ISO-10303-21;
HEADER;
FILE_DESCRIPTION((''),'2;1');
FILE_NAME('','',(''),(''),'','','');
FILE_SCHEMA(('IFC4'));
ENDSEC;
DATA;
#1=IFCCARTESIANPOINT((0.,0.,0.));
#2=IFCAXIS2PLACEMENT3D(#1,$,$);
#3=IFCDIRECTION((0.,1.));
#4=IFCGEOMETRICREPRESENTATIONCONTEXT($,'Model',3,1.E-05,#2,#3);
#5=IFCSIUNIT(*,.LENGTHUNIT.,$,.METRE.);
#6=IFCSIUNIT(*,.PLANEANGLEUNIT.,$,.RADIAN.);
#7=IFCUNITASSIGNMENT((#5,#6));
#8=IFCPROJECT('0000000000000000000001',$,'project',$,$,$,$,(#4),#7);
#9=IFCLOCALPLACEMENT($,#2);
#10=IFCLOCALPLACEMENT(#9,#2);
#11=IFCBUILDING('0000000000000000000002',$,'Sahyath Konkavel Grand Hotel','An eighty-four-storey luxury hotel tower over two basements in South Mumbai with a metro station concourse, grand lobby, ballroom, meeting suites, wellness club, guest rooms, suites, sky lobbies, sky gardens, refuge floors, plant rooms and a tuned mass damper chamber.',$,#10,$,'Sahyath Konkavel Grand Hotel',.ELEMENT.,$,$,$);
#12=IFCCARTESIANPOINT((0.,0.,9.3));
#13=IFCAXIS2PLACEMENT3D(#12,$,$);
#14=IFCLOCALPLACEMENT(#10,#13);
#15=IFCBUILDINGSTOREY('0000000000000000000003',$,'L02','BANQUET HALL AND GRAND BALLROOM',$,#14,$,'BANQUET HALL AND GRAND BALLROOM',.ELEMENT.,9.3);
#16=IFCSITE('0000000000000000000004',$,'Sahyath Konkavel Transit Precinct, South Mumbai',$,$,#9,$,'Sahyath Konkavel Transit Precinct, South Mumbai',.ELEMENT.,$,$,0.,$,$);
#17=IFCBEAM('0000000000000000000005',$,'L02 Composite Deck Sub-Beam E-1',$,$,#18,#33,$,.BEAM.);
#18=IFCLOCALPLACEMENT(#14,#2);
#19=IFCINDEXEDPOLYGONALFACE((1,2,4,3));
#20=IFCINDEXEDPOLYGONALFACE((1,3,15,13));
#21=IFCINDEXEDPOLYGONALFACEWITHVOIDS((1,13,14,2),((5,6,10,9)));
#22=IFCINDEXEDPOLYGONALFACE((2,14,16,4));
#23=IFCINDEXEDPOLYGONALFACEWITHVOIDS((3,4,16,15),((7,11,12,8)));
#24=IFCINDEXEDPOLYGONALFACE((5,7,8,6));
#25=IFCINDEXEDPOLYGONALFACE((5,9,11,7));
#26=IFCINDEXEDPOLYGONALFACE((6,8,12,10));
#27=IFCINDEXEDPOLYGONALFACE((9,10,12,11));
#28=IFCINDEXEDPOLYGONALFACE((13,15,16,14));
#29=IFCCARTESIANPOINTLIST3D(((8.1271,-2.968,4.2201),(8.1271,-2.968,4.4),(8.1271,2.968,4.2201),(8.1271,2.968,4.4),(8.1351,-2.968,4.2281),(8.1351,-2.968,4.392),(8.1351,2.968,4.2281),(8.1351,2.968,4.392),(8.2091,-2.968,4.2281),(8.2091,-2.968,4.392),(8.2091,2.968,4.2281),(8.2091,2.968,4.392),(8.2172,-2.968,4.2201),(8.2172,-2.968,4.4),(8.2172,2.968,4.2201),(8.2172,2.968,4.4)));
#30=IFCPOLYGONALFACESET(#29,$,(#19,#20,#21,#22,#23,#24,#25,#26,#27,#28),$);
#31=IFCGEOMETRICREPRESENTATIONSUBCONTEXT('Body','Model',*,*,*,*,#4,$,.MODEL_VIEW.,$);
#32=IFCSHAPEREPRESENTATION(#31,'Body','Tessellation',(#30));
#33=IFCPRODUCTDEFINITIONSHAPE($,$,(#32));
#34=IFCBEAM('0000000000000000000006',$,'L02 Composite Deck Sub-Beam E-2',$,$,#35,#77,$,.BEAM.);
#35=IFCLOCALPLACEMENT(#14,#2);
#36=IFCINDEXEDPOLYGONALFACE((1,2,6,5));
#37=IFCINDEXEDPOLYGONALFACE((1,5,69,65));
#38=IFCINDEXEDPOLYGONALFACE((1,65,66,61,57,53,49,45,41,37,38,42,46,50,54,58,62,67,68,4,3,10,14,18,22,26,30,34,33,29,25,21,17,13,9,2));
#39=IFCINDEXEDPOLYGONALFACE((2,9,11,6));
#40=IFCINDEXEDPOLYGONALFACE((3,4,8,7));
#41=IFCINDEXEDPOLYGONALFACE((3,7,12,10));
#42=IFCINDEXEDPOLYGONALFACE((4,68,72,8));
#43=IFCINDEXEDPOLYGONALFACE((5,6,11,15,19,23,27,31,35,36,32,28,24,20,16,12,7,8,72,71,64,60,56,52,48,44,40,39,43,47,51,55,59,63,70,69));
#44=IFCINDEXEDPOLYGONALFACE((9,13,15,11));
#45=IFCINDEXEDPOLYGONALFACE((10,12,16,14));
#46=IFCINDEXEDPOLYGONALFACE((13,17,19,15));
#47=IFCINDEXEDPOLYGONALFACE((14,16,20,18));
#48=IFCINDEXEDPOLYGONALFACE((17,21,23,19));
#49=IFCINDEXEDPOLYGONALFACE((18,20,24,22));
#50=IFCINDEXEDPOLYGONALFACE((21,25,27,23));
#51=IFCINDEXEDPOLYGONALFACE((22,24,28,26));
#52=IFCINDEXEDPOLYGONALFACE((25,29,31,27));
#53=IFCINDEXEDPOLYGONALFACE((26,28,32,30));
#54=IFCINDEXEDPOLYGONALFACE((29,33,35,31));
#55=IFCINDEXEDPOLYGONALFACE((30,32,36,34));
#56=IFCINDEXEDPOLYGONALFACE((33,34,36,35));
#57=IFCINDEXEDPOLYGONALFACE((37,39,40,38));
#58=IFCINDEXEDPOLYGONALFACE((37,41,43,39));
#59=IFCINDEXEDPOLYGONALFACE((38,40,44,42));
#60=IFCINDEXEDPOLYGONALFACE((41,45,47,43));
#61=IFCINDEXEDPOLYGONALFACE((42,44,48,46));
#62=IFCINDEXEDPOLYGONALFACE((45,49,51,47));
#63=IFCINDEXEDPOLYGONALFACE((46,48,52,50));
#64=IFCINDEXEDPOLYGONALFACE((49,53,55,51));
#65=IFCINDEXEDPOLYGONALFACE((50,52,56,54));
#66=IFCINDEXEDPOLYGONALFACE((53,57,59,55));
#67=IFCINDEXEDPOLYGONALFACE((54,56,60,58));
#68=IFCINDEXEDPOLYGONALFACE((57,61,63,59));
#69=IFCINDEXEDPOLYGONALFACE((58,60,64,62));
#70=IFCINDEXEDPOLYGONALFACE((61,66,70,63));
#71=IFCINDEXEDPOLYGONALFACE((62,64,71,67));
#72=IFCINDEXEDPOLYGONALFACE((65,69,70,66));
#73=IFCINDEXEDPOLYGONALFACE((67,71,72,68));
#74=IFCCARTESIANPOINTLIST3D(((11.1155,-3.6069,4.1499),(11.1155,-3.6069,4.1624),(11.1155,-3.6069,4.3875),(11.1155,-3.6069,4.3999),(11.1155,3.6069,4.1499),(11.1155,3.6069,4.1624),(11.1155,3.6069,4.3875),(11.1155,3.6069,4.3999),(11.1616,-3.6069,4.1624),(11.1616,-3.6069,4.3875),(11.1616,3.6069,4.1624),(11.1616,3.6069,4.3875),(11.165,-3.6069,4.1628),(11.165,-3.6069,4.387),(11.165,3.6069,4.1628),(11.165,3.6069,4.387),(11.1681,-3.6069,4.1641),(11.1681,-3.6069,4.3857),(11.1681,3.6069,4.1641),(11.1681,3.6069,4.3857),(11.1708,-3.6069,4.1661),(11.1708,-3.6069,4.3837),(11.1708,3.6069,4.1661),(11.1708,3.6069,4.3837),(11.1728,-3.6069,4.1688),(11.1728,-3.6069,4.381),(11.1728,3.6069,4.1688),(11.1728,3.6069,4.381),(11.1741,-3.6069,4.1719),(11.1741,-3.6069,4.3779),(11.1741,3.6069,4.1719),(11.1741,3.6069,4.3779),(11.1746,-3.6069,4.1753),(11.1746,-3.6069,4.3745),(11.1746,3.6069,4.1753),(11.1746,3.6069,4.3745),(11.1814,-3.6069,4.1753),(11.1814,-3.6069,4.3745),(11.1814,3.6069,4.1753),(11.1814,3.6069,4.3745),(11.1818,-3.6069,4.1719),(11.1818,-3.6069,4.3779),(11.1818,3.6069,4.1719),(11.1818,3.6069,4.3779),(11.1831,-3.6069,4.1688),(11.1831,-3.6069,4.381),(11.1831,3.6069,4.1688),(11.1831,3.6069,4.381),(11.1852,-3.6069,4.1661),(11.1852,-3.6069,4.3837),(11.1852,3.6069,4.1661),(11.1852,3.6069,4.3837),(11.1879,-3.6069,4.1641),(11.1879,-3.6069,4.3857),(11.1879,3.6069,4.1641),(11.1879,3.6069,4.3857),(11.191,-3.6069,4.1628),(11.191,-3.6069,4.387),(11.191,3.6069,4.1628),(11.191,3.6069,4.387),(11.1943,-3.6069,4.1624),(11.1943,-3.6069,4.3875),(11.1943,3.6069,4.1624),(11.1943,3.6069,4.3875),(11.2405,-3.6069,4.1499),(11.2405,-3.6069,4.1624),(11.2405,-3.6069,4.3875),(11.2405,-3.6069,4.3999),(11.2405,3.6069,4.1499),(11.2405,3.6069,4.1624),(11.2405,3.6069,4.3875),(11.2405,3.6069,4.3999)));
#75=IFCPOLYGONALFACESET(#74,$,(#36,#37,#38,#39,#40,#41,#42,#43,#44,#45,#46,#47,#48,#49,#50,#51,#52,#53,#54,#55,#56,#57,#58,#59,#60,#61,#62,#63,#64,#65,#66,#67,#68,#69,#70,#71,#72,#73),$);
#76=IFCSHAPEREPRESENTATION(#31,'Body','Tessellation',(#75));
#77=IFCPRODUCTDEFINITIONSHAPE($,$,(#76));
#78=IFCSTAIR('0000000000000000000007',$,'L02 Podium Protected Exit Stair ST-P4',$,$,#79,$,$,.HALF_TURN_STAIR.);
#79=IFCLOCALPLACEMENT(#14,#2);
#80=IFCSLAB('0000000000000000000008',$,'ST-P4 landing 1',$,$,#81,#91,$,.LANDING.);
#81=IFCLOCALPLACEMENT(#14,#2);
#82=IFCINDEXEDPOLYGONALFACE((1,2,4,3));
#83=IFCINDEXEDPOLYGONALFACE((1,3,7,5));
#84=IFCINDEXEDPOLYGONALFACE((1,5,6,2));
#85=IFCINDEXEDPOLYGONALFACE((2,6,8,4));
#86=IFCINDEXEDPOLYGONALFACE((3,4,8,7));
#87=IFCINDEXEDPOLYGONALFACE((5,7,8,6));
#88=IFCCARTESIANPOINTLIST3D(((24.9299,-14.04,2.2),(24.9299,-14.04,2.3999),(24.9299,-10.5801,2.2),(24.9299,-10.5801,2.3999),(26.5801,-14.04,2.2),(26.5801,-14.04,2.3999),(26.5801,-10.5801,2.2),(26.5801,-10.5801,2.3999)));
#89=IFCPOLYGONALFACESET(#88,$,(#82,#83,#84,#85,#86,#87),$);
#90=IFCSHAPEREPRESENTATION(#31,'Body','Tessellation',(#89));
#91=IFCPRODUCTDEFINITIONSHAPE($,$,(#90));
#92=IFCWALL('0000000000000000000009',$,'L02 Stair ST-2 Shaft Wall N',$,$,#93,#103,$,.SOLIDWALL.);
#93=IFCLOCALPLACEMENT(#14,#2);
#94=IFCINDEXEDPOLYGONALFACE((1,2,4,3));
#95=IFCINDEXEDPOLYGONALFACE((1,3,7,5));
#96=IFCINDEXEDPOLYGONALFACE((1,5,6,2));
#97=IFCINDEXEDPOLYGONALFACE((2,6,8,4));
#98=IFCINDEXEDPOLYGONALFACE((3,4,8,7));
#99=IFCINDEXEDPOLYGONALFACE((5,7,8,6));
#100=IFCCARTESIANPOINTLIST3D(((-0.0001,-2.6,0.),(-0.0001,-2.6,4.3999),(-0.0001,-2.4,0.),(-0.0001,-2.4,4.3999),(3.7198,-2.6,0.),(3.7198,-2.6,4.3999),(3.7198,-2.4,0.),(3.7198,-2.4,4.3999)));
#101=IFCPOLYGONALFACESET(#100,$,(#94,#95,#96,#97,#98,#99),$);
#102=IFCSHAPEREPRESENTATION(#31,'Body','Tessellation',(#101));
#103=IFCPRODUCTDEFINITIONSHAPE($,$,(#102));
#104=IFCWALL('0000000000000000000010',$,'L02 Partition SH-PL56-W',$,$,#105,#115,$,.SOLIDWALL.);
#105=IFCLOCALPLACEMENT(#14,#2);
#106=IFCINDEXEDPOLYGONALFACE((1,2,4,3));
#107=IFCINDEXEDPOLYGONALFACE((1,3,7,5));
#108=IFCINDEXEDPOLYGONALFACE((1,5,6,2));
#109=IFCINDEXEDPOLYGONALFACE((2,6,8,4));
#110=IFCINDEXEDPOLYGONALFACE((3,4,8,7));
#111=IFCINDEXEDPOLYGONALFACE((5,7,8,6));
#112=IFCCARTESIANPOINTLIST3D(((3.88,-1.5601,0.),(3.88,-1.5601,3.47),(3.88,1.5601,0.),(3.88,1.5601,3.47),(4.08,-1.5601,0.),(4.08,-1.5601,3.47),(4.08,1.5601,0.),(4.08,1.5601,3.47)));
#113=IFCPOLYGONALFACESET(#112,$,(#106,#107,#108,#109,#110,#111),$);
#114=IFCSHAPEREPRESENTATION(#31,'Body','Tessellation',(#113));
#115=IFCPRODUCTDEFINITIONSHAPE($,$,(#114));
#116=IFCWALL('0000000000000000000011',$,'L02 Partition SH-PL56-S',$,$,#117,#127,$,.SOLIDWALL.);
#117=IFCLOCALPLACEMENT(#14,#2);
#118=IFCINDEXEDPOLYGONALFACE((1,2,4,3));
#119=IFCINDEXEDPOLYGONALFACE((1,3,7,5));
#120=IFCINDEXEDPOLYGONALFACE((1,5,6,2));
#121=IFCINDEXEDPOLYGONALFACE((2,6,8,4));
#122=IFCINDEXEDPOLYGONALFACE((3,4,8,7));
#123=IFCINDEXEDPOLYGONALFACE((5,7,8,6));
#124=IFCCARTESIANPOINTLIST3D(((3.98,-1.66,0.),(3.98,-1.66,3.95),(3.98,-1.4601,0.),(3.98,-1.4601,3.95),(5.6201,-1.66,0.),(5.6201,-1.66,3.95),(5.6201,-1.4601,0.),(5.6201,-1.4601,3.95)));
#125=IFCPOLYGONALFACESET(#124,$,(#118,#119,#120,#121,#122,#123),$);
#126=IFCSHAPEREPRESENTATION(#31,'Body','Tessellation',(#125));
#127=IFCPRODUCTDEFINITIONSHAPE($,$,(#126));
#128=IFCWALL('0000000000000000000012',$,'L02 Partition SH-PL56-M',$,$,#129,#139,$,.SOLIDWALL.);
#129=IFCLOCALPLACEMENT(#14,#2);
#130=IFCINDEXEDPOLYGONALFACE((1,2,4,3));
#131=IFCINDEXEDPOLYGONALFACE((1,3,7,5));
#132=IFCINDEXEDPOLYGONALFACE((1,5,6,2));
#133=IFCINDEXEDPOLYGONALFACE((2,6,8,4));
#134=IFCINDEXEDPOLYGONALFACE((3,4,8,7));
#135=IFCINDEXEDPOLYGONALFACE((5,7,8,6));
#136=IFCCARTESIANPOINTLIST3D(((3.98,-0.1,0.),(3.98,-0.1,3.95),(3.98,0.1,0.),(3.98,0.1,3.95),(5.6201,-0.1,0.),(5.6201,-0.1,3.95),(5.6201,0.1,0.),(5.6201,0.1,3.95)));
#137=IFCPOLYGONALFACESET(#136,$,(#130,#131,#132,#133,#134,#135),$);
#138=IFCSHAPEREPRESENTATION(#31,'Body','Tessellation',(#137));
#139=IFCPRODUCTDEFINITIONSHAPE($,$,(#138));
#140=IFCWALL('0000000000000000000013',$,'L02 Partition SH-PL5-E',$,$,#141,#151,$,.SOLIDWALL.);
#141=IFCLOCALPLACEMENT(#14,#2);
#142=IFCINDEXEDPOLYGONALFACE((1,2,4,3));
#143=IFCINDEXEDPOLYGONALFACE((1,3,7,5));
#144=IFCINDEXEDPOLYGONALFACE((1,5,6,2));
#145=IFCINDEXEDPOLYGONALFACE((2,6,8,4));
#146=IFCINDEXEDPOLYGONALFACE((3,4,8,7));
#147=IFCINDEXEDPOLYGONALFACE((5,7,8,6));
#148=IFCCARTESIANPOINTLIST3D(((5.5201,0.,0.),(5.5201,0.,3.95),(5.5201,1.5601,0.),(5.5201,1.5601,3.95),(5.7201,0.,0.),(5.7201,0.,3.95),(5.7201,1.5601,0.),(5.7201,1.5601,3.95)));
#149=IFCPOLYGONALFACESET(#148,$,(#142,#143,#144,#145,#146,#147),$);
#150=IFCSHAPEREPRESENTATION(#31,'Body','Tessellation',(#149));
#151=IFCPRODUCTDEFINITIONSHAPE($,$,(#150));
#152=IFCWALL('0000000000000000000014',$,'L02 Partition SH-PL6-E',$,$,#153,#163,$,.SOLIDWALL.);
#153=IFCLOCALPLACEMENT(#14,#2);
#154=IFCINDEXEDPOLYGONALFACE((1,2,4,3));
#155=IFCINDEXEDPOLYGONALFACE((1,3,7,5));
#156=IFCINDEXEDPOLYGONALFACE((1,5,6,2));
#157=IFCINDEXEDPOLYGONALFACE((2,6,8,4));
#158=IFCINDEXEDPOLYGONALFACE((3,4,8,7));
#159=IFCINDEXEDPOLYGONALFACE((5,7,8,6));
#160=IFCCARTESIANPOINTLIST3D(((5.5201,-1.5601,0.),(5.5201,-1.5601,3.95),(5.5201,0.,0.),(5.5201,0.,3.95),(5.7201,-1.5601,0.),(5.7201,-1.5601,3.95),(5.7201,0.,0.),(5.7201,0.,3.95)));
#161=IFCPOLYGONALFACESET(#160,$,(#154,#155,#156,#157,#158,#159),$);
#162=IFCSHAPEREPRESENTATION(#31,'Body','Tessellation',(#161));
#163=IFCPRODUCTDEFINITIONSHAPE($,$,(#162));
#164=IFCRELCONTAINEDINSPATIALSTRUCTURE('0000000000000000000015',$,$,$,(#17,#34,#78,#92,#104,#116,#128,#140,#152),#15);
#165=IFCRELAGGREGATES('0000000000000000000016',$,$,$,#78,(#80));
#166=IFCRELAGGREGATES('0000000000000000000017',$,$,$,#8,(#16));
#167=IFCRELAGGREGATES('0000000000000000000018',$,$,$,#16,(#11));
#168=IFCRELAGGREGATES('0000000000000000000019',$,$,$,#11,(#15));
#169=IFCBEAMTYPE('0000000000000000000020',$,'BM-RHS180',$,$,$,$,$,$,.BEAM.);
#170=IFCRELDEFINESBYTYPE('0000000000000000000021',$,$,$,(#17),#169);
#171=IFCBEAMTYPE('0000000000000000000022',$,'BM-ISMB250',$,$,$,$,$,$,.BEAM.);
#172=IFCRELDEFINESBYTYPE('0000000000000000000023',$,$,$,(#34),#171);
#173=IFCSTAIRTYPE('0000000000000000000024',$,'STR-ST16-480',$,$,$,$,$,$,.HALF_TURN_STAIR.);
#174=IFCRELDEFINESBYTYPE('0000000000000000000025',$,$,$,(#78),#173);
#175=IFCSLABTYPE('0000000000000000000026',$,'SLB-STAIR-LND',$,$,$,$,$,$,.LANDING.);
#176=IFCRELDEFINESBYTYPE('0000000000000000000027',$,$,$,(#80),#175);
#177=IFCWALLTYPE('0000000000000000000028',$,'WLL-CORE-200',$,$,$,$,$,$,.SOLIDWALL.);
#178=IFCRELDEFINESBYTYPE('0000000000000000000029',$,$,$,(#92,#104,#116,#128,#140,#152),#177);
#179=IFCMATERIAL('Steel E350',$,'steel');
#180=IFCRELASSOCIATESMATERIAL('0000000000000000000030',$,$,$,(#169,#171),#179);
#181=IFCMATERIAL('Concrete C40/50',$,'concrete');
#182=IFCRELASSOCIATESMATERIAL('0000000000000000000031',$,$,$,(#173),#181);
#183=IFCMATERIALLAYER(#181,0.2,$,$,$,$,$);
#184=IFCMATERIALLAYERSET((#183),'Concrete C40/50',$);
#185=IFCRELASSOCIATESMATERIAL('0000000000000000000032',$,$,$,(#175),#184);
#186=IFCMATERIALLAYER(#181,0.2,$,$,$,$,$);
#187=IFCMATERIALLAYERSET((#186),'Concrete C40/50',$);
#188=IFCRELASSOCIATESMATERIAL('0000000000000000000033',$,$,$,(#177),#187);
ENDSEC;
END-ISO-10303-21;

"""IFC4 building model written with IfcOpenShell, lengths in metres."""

from ifc_helpers import new_model, si_unit, direction, frame, frame_2d, origin, origin_2d, place, context, subcontext, project, spatial, polyline, rectangle, hollow_rectangle, i_section, outline, extrude, source, transform, mapped, material, layer, layer_set, material_profile, profile_set, type_object, element, aggregate, save


model = new_model("IFC4")

# Units and contexts
model_context = context("Model", 3, precision=1e-05, world=origin(), true_north=direction((0.0, 1.0)))
body_context = subcontext(model_context, "Body", "Model", "MODEL_VIEW")
ifc_project = project(units=[si_unit("LENGTHUNIT", "METRE"), si_unit("PLANEANGLEUNIT", "RADIAN")], contexts=[model_context])

# Site, building, storey
site_placement = place(None, origin())
site = spatial("IfcSite", under=ifc_project, at=site_placement, Name="Sahyath Konkavel Transit Precinct, South Mumbai", LongName="Sahyath Konkavel Transit Precinct, South Mumbai", CompositionType="ELEMENT", RefElevation=0.0)
building_placement = place(site_placement, origin())
building = spatial("IfcBuilding", under=site, at=building_placement, Name="Sahyath Konkavel Grand Hotel", Description="An eighty-four-storey luxury hotel tower over two basements in South Mumbai with a metro station concourse, grand lobby, ballroom, meeting suites, wellness club, guest rooms, suites, sky lobbies, sky gardens, refuge floors, plant rooms and a tuned mass damper chamber.", LongName="Sahyath Konkavel Grand Hotel", CompositionType="ELEMENT")
storey_placement = place(building_placement, frame((0.0, 0.0, 9.3)))
storey = spatial("IfcBuildingStorey", under=building, at=storey_placement, Name="L02", Description="BANQUET HALL AND GRAND BALLROOM", LongName="BANQUET HALL AND GRAND BALLROOM", CompositionType="ELEMENT", Elevation=9.3)

# Beams
ifc_material_1 = material(Name="Steel E350", Category="steel")
ifc_material_profile_1 = material_profile(ifc_material_1, hollow_rectangle(XDim=0.0901, YDim=0.1799, WallThickness=0.0081, at=origin_2d()), Name="RHS 180x90x8")
ifc_profile_set_1 = profile_set([ifc_material_profile_1], Name="Steel E350")
beam_type_1 = type_object("IfcBeamType", Name="BM-RHS180", PredefinedType="BEAM", material=ifc_profile_set_1)
shared_shape_1 = source(origin(), body_context, "Body", "SweptSolid", [
    extrude(hollow_rectangle(XDim=0.0901, YDim=0.1799, WallThickness=0.0081, at=origin_2d()), origin(), (0.0, 0.0, 1.0), 5.936),
])
beam_1_placement = place(storey_placement, frame((8.1721, -2.968, 4.3101), z_axis=(0.0, 1.0, 0.0), x_axis=(-1.0, 0.0, 0.0)))
element("IfcBeam", 1, at=beam_1_placement, inside=storey, type_object=beam_type_1, Name="L02 Composite Deck Sub-Beam E-1", PredefinedType="BEAM", context=body_context, shape_type="MappedRepresentation", body=[
    mapped(shared_shape_1, transform((0.0, 0.0, 0.0), scale=1.0)),
])
ifc_material_profile_2 = material_profile(ifc_material_1, i_section(OverallWidth=0.125, OverallDepth=0.25, WebThickness=0.0068, FlangeThickness=0.0125, FilletRadius=0.0129, at=origin_2d()), Name="ISMB 250")
ifc_profile_set_2 = profile_set([ifc_material_profile_2], Name="Steel E350")
beam_type_2 = type_object("IfcBeamType", Name="BM-ISMB250", PredefinedType="BEAM", material=ifc_profile_set_2)
shared_shape_2 = source(origin(), body_context, "Body", "SweptSolid", [
    extrude(i_section(OverallWidth=0.125, OverallDepth=0.25, WebThickness=0.0068, FlangeThickness=0.0125, FilletRadius=0.0129, at=origin_2d()), origin(), (0.0, 0.0, 1.0), 7.2139),
])
beam_2_placement = place(storey_placement, frame((11.178, -3.6069, 4.2749), z_axis=(0.0, 1.0, 0.0), x_axis=(-1.0, 0.0, 0.0)))
element("IfcBeam", 2, at=beam_2_placement, inside=storey, type_object=beam_type_2, Name="L02 Composite Deck Sub-Beam E-2", PredefinedType="BEAM", context=body_context, shape_type="MappedRepresentation", body=[
    mapped(shared_shape_2, transform((0.0, 0.0, 0.0), scale=1.0)),
])

# Stair, slab
ifc_material_2 = material(Name="Concrete C40/50", Category="concrete")
stair_type = type_object("IfcStairType", Name="STR-ST16-480", PredefinedType="HALF_TURN_STAIR", material=ifc_material_2)
stair_1_placement = place(storey_placement, origin())
stair_1 = element("IfcStair", 3, at=stair_1_placement, inside=storey, type_object=stair_type, Name="L02 Podium Protected Exit Stair ST-P4", PredefinedType="HALF_TURN_STAIR")
ifc_layer_1 = layer(ifc_material_2, 0.2)
ifc_layer_set_1 = layer_set([ifc_layer_1], Name="Concrete C40/50")
slab_type = type_object("IfcSlabType", Name="SLB-STAIR-LND", PredefinedType="LANDING", material=ifc_layer_set_1)
slab_placement = place(storey_placement, frame((0.0, 0.0, 2.2)))
slab = element("IfcSlab", 4, at=slab_placement, type_object=slab_type, Name="ST-P4 landing 1", PredefinedType="LANDING", context=body_context, shape_type="SweptSolid", body=[
    extrude(outline(polyline([(24.9299, -14.04), (26.5801, -14.04), (26.5801, -10.5801), (24.9299, -10.5801), (24.9299, -14.04)])), origin(), (0.0, 0.0, 1.0), 0.2),
])
aggregate(stair_1, [slab])

# Walls
ifc_layer_2 = layer(ifc_material_2, 0.2)
ifc_layer_set_2 = layer_set([ifc_layer_2], Name="Concrete C40/50")
wall_type = type_object("IfcWallType", Name="WLL-CORE-200", PredefinedType="SOLIDWALL", material=ifc_layer_set_2)
wall_1_placement = place(storey_placement, frame((0.0, -2.5, 0.0), z_axis=(0.0, 0.0, 1.0), x_axis=(1.0, 0.0, 0.0)))
element("IfcWall", 5, at=wall_1_placement, inside=storey, type_object=wall_type, Name="L02 Stair ST-2 Shaft Wall N", PredefinedType="SOLIDWALL", context=body_context, shape_type="SweptSolid", body=[
    extrude(rectangle(XDim=3.72, YDim=0.2, at=frame_2d((1.8599, 0.0))), origin(), (0.0, 0.0, 1.0), 4.3999),
])
wall_2_placement = place(storey_placement, frame((3.98, -1.5601, 0.0), z_axis=(0.0, 0.0, 1.0), x_axis=(0.0, 1.0, 0.0)))
element("IfcWall", 6, at=wall_2_placement, inside=storey, type_object=wall_type, Name="L02 Partition SH-PL56-W", PredefinedType="SOLIDWALL", context=body_context, shape_type="SweptSolid", body=[
    extrude(rectangle(XDim=3.1201, YDim=0.2, at=frame_2d((1.5601, 0.0))), origin(), (0.0, 0.0, 1.0), 3.47),
])
for number, where, z_axis, x_axis, name in (
    (7, (3.98, -1.5601, 0.0), (0.0, 0.0, 1.0), (1.0, 0.0, 0.0), "L02 Partition SH-PL56-S"),
    (8, (3.98, 0.0, 0.0), (0.0, 0.0, 1.0), (1.0, 0.0, 0.0), "L02 Partition SH-PL56-M"),
):
    element("IfcWall", number, at=place(storey_placement, frame(where, z_axis=z_axis, x_axis=x_axis)), inside=storey, type_object=wall_type, Name=name, PredefinedType="SOLIDWALL", context=body_context, shape_type="SweptSolid", body=[
        extrude(rectangle(XDim=1.6401, YDim=0.2, at=frame_2d((0.8201, 0.0))), origin(), (0.0, 0.0, 1.0), 3.95),
    ])
for number, where, z_axis, x_axis, name in (
    (9, (5.6201, 0.0, 0.0), (0.0, 0.0, 1.0), (0.0, 1.0, 0.0), "L02 Partition SH-PL5-E"),
    (10, (5.6201, -1.5601, 0.0), (0.0, 0.0, 1.0), (0.0, 1.0, 0.0), "L02 Partition SH-PL6-E"),
):
    element("IfcWall", number, at=place(storey_placement, frame(where, z_axis=z_axis, x_axis=x_axis)), inside=storey, type_object=wall_type, Name=name, PredefinedType="SOLIDWALL", context=body_context, shape_type="SweptSolid", body=[
        extrude(rectangle(XDim=1.5601, YDim=0.2, at=frame_2d((0.78, 0.0))), origin(), (0.0, 0.0, 1.0), 3.95),
    ])

save(model, "model.ifc")
